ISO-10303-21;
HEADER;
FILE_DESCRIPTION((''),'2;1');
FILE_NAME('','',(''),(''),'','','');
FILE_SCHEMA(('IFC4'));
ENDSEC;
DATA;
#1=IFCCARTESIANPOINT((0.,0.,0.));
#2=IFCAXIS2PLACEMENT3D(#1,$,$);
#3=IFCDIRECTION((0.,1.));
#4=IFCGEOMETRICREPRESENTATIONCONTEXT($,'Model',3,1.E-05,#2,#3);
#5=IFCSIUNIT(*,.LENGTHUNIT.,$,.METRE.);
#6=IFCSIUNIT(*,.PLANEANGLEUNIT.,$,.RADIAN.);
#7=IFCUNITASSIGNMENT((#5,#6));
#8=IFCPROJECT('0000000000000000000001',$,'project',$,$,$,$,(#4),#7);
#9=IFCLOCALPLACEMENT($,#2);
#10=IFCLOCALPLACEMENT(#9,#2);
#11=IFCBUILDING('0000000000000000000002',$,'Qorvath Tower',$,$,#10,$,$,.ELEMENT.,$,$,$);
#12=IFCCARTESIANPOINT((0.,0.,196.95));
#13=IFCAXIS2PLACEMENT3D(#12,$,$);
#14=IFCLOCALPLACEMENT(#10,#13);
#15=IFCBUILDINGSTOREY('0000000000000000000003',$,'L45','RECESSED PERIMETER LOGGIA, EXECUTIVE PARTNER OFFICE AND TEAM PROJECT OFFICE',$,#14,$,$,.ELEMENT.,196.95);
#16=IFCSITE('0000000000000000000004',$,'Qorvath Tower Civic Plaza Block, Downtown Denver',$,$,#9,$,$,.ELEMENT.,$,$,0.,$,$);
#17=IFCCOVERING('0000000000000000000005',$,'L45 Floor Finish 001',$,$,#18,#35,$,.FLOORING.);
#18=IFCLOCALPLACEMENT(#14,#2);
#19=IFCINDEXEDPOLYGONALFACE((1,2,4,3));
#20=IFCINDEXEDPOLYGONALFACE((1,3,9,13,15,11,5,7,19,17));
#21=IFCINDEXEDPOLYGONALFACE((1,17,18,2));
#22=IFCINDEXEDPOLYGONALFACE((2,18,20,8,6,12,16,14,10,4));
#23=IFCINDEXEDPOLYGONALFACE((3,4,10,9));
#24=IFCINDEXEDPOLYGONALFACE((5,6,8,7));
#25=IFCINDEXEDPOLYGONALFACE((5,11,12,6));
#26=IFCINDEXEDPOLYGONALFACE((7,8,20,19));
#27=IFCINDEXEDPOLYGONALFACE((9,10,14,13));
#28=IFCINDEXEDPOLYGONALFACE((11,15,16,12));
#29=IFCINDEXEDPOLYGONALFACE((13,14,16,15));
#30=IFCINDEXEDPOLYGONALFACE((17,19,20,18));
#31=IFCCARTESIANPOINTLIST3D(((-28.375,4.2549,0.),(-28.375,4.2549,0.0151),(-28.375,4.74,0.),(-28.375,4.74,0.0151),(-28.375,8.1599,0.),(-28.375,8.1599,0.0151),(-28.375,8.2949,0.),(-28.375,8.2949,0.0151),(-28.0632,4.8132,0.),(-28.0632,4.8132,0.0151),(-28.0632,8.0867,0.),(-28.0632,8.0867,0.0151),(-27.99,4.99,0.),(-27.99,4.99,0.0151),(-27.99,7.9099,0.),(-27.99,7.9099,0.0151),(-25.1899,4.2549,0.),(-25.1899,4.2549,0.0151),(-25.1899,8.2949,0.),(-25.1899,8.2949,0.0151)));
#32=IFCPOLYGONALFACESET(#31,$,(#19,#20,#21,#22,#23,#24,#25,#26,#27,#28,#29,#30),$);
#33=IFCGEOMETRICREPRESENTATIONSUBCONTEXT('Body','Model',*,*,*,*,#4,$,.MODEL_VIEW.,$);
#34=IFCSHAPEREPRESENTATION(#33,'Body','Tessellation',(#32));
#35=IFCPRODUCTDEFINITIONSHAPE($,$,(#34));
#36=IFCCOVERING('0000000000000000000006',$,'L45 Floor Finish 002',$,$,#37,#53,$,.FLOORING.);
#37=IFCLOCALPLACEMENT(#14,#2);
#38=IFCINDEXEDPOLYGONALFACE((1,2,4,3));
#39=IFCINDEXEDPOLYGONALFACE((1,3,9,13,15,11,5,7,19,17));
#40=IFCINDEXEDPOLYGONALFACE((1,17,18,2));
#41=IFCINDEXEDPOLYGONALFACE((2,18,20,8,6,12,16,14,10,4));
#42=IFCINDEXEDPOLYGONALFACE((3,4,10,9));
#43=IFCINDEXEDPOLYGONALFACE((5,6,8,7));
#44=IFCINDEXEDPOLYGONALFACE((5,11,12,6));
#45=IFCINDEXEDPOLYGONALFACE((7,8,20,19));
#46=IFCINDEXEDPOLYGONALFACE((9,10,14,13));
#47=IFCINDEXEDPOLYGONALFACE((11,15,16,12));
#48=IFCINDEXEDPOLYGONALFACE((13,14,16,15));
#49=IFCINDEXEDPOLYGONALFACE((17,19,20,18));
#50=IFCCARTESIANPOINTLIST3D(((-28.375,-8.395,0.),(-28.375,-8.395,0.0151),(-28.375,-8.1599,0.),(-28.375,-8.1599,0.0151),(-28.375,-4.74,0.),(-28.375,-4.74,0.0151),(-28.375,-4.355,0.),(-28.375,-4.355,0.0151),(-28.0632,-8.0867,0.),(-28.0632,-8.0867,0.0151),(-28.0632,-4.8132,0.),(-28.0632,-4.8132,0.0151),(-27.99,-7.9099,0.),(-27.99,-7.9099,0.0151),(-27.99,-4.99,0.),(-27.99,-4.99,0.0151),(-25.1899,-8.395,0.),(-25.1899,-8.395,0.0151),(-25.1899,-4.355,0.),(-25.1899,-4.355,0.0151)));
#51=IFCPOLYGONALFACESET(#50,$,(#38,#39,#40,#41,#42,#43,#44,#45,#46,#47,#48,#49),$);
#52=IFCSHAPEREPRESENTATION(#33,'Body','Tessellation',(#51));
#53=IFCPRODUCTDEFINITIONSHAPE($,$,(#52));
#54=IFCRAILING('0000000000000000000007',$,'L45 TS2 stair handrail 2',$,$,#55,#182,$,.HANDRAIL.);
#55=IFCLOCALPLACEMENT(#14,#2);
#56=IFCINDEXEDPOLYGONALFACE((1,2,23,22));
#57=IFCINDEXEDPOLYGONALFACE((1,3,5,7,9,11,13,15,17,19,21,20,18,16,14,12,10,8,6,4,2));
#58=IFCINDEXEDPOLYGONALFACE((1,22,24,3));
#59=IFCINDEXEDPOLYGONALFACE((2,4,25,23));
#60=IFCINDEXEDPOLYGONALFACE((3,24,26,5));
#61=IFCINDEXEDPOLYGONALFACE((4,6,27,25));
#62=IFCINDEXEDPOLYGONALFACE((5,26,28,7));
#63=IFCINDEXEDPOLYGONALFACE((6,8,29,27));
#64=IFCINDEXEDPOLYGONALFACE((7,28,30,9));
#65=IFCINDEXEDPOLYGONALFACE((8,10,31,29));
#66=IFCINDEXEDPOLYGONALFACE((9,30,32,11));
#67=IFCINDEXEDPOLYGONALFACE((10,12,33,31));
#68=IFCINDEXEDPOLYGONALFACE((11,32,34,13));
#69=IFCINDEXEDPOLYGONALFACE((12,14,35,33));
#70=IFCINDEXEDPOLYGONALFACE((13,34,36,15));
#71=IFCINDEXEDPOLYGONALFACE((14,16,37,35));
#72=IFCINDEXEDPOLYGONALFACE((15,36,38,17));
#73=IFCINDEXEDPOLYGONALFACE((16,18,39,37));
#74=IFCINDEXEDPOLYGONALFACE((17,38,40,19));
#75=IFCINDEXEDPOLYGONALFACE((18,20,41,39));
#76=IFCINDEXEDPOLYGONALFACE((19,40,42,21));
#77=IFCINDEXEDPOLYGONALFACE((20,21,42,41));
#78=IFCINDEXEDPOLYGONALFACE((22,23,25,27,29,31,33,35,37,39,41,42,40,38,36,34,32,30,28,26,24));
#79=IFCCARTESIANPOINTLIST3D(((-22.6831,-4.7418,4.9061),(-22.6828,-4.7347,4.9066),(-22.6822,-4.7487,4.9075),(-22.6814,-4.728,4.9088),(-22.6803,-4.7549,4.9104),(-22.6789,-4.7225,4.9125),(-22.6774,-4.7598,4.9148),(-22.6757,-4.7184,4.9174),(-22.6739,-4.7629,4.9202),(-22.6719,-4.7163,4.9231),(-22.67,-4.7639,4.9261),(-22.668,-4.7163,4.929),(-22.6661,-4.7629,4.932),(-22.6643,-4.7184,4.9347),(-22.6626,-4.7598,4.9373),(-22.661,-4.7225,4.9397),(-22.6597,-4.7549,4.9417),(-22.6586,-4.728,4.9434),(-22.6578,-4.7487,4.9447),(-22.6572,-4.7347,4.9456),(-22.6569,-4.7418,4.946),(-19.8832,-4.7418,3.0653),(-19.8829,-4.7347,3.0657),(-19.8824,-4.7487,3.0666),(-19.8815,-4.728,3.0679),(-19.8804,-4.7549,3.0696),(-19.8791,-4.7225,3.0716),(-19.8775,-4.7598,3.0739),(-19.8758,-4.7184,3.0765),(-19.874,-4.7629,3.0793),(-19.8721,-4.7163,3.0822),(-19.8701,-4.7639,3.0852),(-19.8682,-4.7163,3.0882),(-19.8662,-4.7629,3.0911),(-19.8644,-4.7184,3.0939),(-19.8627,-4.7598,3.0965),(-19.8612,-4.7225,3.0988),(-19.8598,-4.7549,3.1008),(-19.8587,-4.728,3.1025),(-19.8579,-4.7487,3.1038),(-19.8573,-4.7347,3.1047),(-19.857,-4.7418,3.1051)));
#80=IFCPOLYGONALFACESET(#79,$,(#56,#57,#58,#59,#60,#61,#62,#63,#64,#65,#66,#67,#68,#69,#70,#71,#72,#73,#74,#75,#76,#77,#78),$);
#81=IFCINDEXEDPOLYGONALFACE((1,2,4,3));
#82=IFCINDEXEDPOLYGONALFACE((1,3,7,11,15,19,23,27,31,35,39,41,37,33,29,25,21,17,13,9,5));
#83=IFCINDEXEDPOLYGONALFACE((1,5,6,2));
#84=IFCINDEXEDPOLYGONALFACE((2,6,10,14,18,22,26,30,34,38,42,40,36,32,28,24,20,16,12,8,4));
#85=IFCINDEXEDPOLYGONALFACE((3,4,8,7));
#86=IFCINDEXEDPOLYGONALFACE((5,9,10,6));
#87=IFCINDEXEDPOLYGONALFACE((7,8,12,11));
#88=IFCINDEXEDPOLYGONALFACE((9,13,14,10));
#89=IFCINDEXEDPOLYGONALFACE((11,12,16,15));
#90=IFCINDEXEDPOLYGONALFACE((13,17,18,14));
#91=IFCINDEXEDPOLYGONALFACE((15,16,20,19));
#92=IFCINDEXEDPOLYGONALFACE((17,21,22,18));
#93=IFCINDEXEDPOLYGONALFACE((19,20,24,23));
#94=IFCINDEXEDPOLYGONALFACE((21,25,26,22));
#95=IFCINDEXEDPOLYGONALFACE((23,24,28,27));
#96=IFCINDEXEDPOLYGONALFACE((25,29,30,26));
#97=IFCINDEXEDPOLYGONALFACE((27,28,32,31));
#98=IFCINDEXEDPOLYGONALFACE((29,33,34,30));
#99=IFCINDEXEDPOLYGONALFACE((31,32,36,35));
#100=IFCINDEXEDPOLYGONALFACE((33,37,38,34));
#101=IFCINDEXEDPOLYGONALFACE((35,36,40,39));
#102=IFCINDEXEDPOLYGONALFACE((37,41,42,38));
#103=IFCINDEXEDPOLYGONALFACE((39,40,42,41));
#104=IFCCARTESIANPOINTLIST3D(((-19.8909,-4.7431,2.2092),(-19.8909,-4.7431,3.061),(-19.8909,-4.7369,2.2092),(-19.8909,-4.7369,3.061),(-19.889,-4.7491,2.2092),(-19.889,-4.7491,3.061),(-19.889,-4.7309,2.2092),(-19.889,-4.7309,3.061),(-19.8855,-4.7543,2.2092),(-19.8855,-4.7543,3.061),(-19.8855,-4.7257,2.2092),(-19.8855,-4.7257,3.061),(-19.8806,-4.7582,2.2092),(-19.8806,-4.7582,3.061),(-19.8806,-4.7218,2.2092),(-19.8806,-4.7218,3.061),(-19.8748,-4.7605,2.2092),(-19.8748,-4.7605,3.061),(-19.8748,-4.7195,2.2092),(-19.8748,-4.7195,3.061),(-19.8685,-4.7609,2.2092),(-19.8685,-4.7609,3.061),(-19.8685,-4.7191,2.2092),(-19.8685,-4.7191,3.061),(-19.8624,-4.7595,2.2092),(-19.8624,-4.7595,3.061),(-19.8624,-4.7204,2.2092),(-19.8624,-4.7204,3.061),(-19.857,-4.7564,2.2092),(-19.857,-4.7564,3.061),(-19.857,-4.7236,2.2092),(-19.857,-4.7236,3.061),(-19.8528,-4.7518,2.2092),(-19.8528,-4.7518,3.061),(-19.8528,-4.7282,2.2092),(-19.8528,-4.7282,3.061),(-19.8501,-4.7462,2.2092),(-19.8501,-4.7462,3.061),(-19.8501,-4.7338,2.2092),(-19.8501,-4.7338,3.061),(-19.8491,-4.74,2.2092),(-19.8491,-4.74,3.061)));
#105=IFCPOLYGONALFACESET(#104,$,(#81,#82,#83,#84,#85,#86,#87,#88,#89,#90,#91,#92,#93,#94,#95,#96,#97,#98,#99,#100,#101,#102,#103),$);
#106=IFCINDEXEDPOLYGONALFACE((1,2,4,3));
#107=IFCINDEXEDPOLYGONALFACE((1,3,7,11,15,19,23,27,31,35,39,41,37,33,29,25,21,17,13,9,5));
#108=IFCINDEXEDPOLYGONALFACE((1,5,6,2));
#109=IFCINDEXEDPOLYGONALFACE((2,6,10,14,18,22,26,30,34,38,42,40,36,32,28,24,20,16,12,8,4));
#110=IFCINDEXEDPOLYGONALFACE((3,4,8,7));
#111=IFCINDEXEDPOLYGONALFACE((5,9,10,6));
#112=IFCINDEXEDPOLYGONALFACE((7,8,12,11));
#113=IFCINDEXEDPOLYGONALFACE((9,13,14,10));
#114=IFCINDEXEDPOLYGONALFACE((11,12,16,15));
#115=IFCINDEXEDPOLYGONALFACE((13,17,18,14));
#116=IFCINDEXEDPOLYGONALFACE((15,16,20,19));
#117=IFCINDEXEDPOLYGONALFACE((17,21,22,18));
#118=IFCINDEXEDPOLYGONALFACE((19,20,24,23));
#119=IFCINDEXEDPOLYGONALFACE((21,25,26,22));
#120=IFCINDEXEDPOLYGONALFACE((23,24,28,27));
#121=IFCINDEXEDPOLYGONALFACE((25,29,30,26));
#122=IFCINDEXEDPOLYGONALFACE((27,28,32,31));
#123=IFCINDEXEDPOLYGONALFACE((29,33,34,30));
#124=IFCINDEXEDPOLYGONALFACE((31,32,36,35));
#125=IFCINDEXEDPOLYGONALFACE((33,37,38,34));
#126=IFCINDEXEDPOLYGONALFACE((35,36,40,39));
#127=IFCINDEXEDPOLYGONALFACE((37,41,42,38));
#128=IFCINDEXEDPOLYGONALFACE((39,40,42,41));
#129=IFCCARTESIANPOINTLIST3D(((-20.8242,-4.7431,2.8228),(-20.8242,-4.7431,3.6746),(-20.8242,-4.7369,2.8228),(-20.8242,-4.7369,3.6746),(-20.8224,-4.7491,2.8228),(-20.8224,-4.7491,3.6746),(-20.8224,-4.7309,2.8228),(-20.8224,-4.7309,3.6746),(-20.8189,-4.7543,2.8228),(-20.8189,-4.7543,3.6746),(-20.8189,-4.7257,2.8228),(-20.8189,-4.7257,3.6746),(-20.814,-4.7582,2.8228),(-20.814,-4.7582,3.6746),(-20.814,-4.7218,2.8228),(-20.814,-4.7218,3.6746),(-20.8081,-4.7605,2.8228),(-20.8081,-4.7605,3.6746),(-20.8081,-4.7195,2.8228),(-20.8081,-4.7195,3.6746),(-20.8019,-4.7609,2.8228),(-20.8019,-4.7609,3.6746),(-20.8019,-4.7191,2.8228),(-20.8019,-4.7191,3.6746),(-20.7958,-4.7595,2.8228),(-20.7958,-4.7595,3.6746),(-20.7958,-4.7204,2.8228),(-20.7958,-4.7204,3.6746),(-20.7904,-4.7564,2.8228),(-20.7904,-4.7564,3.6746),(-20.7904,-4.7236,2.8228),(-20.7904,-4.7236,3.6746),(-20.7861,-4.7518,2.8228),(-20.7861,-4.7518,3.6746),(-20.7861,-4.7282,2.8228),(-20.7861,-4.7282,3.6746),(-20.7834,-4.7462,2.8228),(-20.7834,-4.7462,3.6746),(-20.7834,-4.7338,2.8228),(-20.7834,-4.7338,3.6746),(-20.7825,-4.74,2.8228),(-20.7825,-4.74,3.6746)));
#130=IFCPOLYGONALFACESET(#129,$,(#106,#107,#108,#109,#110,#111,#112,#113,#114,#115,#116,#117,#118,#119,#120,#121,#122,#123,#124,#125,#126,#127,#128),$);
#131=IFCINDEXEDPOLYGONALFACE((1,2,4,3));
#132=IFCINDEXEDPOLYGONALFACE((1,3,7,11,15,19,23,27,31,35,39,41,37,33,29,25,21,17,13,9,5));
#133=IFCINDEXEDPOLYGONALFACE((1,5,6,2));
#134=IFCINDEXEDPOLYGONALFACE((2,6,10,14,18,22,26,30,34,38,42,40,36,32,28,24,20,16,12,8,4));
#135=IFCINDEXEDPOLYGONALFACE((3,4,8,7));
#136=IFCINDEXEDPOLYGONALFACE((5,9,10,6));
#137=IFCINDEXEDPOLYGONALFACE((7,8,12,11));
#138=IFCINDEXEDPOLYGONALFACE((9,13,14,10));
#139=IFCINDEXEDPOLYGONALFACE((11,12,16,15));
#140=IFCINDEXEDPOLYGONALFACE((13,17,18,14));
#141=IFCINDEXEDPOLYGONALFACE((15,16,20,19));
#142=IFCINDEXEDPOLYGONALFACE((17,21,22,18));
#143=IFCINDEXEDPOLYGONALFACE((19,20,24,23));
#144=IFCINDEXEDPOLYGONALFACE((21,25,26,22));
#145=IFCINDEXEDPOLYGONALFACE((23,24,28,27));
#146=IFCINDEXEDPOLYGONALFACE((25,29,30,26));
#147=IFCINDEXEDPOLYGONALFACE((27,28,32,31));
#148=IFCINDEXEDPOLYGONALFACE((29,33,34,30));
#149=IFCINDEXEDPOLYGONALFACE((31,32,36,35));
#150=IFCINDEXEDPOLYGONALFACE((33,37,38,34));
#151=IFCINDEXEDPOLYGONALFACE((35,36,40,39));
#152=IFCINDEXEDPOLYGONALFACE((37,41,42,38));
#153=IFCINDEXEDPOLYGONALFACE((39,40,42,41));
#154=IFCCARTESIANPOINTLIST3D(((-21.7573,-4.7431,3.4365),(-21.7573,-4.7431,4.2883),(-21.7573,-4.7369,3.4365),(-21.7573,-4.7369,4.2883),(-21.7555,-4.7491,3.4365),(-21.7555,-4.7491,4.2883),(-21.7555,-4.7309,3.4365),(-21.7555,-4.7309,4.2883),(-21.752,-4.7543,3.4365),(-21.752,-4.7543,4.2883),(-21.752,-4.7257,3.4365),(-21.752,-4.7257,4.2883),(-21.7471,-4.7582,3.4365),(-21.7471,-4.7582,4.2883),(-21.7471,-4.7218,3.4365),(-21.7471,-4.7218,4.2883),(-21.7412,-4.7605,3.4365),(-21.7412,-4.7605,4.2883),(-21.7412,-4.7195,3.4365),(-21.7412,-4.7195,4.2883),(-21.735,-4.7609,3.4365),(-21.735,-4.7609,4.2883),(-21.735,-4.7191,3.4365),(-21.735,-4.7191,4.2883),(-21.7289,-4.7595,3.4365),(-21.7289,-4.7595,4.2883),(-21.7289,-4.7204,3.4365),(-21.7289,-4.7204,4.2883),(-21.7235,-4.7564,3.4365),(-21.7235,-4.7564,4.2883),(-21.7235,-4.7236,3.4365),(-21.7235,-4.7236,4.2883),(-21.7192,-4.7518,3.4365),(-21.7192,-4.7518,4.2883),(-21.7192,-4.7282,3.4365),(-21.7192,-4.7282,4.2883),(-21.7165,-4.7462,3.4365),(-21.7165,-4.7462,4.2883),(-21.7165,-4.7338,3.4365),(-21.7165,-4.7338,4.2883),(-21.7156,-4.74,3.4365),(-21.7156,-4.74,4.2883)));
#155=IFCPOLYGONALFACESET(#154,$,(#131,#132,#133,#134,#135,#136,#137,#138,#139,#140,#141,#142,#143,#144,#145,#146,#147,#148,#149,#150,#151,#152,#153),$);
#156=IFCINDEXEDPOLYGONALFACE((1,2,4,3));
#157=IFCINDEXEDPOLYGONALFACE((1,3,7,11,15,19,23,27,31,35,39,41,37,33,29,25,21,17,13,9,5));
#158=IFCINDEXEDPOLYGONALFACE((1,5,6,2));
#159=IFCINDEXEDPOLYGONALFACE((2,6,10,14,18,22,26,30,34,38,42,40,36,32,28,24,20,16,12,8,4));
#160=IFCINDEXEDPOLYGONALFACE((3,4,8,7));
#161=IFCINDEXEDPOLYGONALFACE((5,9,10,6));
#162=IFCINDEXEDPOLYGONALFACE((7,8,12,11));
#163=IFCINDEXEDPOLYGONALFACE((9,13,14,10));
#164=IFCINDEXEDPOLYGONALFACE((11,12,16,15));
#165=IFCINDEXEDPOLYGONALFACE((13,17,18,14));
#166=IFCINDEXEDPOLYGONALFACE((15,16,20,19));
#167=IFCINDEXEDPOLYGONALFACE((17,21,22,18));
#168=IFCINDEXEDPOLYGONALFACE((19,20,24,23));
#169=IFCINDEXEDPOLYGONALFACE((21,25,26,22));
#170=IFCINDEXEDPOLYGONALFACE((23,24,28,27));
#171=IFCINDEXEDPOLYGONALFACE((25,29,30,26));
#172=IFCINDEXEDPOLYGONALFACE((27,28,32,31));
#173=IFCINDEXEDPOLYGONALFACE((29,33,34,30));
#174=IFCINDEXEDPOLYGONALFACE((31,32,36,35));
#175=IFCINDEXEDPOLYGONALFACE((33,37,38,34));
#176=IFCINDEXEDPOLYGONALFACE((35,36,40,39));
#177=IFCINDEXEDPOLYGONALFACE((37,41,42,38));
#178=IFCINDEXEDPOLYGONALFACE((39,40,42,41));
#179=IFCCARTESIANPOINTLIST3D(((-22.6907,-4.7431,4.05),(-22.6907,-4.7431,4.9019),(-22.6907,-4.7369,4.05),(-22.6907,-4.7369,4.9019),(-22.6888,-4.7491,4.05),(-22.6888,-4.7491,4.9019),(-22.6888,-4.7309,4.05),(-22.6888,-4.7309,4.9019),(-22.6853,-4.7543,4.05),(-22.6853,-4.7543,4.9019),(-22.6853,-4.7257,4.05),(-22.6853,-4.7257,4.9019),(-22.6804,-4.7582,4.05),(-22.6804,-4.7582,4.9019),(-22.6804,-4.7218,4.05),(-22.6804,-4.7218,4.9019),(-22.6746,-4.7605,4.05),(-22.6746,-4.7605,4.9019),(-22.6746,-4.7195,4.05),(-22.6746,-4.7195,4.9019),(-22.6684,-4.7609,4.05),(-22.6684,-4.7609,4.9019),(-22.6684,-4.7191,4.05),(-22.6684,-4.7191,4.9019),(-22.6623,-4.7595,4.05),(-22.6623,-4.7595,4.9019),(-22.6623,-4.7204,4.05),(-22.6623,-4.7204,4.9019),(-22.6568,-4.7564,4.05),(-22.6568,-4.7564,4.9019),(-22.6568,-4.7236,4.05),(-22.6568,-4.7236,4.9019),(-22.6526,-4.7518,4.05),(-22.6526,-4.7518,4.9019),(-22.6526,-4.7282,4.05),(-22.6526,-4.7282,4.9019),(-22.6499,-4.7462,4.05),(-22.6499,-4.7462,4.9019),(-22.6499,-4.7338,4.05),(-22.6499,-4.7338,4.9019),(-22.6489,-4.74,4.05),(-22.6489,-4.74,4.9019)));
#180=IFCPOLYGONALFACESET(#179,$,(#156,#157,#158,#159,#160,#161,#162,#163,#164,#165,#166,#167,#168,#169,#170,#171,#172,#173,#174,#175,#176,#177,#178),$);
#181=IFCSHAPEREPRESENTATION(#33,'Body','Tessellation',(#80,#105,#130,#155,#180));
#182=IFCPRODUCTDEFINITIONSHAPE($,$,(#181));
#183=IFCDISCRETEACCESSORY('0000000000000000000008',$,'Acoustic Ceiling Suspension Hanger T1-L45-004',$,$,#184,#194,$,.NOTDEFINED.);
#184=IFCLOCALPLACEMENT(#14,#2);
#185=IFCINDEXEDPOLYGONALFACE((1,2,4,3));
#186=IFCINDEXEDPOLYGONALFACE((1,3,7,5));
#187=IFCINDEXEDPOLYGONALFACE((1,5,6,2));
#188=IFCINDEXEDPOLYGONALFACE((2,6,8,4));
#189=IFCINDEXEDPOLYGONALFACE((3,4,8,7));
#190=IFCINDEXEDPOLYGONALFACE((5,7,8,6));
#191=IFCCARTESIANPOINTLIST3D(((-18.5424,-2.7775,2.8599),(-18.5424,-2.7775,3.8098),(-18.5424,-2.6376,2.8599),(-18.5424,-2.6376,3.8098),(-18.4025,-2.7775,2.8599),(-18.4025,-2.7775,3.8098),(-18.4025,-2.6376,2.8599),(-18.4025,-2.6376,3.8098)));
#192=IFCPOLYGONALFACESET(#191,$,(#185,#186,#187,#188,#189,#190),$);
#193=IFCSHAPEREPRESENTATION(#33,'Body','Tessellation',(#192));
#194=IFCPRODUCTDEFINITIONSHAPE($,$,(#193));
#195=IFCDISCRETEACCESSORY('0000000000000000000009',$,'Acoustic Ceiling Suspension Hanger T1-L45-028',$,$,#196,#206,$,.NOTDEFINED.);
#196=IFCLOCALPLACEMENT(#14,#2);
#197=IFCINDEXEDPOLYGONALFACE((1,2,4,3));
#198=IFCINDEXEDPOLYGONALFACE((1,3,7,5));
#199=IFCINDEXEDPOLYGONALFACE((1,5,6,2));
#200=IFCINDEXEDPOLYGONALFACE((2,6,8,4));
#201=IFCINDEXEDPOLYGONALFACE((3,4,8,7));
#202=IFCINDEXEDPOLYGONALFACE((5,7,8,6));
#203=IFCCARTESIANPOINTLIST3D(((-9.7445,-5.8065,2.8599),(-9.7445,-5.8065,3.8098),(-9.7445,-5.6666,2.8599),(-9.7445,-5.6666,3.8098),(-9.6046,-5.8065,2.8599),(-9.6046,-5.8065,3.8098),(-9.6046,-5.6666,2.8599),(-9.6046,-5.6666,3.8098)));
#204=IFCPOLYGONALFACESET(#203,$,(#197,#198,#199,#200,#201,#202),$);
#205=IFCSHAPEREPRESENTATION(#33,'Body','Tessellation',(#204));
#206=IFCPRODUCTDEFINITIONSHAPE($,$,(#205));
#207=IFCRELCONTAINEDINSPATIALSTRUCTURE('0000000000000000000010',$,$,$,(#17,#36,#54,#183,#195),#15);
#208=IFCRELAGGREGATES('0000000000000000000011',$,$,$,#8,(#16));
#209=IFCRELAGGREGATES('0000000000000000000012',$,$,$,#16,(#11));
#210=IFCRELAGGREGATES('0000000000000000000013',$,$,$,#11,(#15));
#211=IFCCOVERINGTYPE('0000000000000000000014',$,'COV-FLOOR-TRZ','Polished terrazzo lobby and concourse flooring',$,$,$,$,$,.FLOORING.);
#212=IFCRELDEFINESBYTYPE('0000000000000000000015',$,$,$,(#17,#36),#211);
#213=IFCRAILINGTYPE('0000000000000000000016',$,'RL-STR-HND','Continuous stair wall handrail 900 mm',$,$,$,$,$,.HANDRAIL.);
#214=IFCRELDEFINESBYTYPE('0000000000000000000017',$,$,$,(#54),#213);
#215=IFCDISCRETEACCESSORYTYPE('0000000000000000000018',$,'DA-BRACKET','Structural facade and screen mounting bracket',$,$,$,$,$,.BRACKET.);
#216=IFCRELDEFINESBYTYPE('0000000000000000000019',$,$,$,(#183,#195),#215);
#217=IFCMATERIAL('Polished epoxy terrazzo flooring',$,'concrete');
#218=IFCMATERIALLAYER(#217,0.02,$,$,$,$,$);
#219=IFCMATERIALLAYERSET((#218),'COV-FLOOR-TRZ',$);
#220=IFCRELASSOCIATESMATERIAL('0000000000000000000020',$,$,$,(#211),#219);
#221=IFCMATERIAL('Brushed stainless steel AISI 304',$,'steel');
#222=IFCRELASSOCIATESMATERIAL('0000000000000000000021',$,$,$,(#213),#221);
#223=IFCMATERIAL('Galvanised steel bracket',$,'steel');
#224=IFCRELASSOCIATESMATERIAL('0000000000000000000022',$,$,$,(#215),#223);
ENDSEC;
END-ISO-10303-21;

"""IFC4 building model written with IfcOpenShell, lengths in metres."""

from ifc_helpers import new_model, si_unit, direction, frame, origin, origin_2d, place, context, subcontext, project, spatial, polyline, rectangle, circle, outline, extrude, material, layer, layer_set, type_object, element, save


model = new_model("IFC4")

# Units and contexts
model_context = context("Model", 3, precision=1e-05, world=origin(), true_north=direction((0.0, 1.0)))
body_context = subcontext(model_context, "Body", "Model", "MODEL_VIEW")
ifc_project = project(units=[si_unit("LENGTHUNIT", "METRE"), si_unit("PLANEANGLEUNIT", "RADIAN")], contexts=[model_context])

# Site, building, storey
site_placement = place(None, origin())
site = spatial("IfcSite", under=ifc_project, at=site_placement, Name="Qorvath Tower Civic Plaza Block, Downtown Denver", CompositionType="ELEMENT", RefElevation=0.0)
building_placement = place(site_placement, origin())
building = spatial("IfcBuilding", under=site, at=building_placement, Name="Qorvath Tower", CompositionType="ELEMENT")
storey_placement = place(building_placement, frame((0.0, 0.0, 196.95)))
storey = spatial("IfcBuildingStorey", under=building, at=storey_placement, Name="L45", Description="RECESSED PERIMETER LOGGIA, EXECUTIVE PARTNER OFFICE AND TEAM PROJECT OFFICE", CompositionType="ELEMENT", Elevation=196.95)

# Coverings
ifc_material_1 = material(Name="Polished epoxy terrazzo flooring", Category="concrete")
ifc_layer_1 = layer(ifc_material_1, 0.02)
ifc_layer_set_1 = layer_set([ifc_layer_1], Name="COV-FLOOR-TRZ")
covering_type_1 = type_object("IfcCoveringType", Name="COV-FLOOR-TRZ", Description="Polished terrazzo lobby and concourse flooring", PredefinedType="FLOORING", material=ifc_layer_set_1)
covering_1_placement = place(storey_placement, origin())
element("IfcCovering", 1, at=covering_1_placement, inside=storey, type_object=covering_type_1, Name="L45 Floor Finish 001", PredefinedType="FLOORING", context=body_context, shape_type="SweptSolid", body=[
    extrude(outline(polyline([(-25.1899, 4.2549), (-25.1899, 8.2949), (-28.375, 8.2949), (-28.375, 8.1599), (-28.0632, 8.0867), (-27.99, 7.9099), (-27.99, 4.99), (-28.0632, 4.8132), (-28.375, 4.74), (-28.375, 4.2549), (-25.1899, 4.2549)])), origin(), (0.0, 0.0, 1.0), 0.0151),
])
covering_2_placement = place(storey_placement, origin())
element("IfcCovering", 2, at=covering_2_placement, inside=storey, type_object=covering_type_1, Name="L45 Floor Finish 002", PredefinedType="FLOORING", context=body_context, shape_type="SweptSolid", body=[
    extrude(outline(polyline([(-25.1899, -8.395), (-25.1899, -4.355), (-28.375, -4.355), (-28.375, -4.74), (-28.0632, -4.8132), (-27.99, -4.99), (-27.99, -7.9099), (-28.0632, -8.0867), (-28.375, -8.1599), (-28.375, -8.395), (-25.1899, -8.395)])), origin(), (0.0, 0.0, 1.0), 0.0151),
])

# Railing
ifc_material_2 = material(Name="Brushed stainless steel AISI 304", Category="steel")
railing_type = type_object("IfcRailingType", Name="RL-STR-HND", Description="Continuous stair wall handrail 900 mm", PredefinedType="HANDRAIL", material=ifc_material_2)
railing_placement = place(storey_placement, frame((-19.8701, -4.74, 2.2092)))
element("IfcRailing", 3, at=railing_placement, inside=storey, type_object=railing_type, Name="L45 TS2 stair handrail 2", PredefinedType="HANDRAIL", context=body_context, shape_type="SweptSolid", body=[
    extrude(circle(Radius=0.0239, at=origin_2d()), frame((0.0, 0.0, 0.876), z_axis=(-0.835576, 0.0, 0.549376), x_axis=(0.0, -1.0, 0.0)), (0.0, 0.0, 1.0), 3.3508),
    extrude(circle(Radius=0.021, at=origin_2d()), origin(), (0.0, 0.0, 1.0), 0.8518),
    extrude(circle(Radius=0.021, at=origin_2d()), frame((-0.9333, 0.0, 0.6135)), (0.0, 0.0, 1.0), 0.8518),
    extrude(circle(Radius=0.021, at=origin_2d()), frame((-1.8665, 0.0, 1.2273)), (0.0, 0.0, 1.0), 0.8518),
    extrude(circle(Radius=0.021, at=origin_2d()), frame((-2.7998, 0.0, 1.8408)), (0.0, 0.0, 1.0), 0.8518),
])

# Discrete accessories
ifc_material_3 = material(Name="Galvanised steel bracket", Category="steel")
discrete_accessory_type = type_object("IfcDiscreteAccessoryType", Name="DA-BRACKET", Description="Structural facade and screen mounting bracket", PredefinedType="BRACKET", material=ifc_material_3)
for number, where, z_axis, x_axis, name in (
    (4, (-18.4724, -2.7075, 2.8599), (0.0, 0.0, 1.0), (1.0, 0.0, 0.0), "Acoustic Ceiling Suspension Hanger T1-L45-004"),
    (5, (-9.6746, -5.7366, 2.8599), (0.0, 0.0, 1.0), (1.0, 0.0, 0.0), "Acoustic Ceiling Suspension Hanger T1-L45-028"),
):
    element("IfcDiscreteAccessory", number, at=place(storey_placement, frame(where, z_axis=z_axis, x_axis=x_axis)), inside=storey, type_object=discrete_accessory_type, Name=name, PredefinedType="NOTDEFINED", context=body_context, shape_type="SweptSolid", body=[
        extrude(rectangle(XDim=0.1399, YDim=0.1399, at=origin_2d()), origin(), (0.0, 0.0, 1.0), 0.95),
    ])

save(model, "model.ifc")
